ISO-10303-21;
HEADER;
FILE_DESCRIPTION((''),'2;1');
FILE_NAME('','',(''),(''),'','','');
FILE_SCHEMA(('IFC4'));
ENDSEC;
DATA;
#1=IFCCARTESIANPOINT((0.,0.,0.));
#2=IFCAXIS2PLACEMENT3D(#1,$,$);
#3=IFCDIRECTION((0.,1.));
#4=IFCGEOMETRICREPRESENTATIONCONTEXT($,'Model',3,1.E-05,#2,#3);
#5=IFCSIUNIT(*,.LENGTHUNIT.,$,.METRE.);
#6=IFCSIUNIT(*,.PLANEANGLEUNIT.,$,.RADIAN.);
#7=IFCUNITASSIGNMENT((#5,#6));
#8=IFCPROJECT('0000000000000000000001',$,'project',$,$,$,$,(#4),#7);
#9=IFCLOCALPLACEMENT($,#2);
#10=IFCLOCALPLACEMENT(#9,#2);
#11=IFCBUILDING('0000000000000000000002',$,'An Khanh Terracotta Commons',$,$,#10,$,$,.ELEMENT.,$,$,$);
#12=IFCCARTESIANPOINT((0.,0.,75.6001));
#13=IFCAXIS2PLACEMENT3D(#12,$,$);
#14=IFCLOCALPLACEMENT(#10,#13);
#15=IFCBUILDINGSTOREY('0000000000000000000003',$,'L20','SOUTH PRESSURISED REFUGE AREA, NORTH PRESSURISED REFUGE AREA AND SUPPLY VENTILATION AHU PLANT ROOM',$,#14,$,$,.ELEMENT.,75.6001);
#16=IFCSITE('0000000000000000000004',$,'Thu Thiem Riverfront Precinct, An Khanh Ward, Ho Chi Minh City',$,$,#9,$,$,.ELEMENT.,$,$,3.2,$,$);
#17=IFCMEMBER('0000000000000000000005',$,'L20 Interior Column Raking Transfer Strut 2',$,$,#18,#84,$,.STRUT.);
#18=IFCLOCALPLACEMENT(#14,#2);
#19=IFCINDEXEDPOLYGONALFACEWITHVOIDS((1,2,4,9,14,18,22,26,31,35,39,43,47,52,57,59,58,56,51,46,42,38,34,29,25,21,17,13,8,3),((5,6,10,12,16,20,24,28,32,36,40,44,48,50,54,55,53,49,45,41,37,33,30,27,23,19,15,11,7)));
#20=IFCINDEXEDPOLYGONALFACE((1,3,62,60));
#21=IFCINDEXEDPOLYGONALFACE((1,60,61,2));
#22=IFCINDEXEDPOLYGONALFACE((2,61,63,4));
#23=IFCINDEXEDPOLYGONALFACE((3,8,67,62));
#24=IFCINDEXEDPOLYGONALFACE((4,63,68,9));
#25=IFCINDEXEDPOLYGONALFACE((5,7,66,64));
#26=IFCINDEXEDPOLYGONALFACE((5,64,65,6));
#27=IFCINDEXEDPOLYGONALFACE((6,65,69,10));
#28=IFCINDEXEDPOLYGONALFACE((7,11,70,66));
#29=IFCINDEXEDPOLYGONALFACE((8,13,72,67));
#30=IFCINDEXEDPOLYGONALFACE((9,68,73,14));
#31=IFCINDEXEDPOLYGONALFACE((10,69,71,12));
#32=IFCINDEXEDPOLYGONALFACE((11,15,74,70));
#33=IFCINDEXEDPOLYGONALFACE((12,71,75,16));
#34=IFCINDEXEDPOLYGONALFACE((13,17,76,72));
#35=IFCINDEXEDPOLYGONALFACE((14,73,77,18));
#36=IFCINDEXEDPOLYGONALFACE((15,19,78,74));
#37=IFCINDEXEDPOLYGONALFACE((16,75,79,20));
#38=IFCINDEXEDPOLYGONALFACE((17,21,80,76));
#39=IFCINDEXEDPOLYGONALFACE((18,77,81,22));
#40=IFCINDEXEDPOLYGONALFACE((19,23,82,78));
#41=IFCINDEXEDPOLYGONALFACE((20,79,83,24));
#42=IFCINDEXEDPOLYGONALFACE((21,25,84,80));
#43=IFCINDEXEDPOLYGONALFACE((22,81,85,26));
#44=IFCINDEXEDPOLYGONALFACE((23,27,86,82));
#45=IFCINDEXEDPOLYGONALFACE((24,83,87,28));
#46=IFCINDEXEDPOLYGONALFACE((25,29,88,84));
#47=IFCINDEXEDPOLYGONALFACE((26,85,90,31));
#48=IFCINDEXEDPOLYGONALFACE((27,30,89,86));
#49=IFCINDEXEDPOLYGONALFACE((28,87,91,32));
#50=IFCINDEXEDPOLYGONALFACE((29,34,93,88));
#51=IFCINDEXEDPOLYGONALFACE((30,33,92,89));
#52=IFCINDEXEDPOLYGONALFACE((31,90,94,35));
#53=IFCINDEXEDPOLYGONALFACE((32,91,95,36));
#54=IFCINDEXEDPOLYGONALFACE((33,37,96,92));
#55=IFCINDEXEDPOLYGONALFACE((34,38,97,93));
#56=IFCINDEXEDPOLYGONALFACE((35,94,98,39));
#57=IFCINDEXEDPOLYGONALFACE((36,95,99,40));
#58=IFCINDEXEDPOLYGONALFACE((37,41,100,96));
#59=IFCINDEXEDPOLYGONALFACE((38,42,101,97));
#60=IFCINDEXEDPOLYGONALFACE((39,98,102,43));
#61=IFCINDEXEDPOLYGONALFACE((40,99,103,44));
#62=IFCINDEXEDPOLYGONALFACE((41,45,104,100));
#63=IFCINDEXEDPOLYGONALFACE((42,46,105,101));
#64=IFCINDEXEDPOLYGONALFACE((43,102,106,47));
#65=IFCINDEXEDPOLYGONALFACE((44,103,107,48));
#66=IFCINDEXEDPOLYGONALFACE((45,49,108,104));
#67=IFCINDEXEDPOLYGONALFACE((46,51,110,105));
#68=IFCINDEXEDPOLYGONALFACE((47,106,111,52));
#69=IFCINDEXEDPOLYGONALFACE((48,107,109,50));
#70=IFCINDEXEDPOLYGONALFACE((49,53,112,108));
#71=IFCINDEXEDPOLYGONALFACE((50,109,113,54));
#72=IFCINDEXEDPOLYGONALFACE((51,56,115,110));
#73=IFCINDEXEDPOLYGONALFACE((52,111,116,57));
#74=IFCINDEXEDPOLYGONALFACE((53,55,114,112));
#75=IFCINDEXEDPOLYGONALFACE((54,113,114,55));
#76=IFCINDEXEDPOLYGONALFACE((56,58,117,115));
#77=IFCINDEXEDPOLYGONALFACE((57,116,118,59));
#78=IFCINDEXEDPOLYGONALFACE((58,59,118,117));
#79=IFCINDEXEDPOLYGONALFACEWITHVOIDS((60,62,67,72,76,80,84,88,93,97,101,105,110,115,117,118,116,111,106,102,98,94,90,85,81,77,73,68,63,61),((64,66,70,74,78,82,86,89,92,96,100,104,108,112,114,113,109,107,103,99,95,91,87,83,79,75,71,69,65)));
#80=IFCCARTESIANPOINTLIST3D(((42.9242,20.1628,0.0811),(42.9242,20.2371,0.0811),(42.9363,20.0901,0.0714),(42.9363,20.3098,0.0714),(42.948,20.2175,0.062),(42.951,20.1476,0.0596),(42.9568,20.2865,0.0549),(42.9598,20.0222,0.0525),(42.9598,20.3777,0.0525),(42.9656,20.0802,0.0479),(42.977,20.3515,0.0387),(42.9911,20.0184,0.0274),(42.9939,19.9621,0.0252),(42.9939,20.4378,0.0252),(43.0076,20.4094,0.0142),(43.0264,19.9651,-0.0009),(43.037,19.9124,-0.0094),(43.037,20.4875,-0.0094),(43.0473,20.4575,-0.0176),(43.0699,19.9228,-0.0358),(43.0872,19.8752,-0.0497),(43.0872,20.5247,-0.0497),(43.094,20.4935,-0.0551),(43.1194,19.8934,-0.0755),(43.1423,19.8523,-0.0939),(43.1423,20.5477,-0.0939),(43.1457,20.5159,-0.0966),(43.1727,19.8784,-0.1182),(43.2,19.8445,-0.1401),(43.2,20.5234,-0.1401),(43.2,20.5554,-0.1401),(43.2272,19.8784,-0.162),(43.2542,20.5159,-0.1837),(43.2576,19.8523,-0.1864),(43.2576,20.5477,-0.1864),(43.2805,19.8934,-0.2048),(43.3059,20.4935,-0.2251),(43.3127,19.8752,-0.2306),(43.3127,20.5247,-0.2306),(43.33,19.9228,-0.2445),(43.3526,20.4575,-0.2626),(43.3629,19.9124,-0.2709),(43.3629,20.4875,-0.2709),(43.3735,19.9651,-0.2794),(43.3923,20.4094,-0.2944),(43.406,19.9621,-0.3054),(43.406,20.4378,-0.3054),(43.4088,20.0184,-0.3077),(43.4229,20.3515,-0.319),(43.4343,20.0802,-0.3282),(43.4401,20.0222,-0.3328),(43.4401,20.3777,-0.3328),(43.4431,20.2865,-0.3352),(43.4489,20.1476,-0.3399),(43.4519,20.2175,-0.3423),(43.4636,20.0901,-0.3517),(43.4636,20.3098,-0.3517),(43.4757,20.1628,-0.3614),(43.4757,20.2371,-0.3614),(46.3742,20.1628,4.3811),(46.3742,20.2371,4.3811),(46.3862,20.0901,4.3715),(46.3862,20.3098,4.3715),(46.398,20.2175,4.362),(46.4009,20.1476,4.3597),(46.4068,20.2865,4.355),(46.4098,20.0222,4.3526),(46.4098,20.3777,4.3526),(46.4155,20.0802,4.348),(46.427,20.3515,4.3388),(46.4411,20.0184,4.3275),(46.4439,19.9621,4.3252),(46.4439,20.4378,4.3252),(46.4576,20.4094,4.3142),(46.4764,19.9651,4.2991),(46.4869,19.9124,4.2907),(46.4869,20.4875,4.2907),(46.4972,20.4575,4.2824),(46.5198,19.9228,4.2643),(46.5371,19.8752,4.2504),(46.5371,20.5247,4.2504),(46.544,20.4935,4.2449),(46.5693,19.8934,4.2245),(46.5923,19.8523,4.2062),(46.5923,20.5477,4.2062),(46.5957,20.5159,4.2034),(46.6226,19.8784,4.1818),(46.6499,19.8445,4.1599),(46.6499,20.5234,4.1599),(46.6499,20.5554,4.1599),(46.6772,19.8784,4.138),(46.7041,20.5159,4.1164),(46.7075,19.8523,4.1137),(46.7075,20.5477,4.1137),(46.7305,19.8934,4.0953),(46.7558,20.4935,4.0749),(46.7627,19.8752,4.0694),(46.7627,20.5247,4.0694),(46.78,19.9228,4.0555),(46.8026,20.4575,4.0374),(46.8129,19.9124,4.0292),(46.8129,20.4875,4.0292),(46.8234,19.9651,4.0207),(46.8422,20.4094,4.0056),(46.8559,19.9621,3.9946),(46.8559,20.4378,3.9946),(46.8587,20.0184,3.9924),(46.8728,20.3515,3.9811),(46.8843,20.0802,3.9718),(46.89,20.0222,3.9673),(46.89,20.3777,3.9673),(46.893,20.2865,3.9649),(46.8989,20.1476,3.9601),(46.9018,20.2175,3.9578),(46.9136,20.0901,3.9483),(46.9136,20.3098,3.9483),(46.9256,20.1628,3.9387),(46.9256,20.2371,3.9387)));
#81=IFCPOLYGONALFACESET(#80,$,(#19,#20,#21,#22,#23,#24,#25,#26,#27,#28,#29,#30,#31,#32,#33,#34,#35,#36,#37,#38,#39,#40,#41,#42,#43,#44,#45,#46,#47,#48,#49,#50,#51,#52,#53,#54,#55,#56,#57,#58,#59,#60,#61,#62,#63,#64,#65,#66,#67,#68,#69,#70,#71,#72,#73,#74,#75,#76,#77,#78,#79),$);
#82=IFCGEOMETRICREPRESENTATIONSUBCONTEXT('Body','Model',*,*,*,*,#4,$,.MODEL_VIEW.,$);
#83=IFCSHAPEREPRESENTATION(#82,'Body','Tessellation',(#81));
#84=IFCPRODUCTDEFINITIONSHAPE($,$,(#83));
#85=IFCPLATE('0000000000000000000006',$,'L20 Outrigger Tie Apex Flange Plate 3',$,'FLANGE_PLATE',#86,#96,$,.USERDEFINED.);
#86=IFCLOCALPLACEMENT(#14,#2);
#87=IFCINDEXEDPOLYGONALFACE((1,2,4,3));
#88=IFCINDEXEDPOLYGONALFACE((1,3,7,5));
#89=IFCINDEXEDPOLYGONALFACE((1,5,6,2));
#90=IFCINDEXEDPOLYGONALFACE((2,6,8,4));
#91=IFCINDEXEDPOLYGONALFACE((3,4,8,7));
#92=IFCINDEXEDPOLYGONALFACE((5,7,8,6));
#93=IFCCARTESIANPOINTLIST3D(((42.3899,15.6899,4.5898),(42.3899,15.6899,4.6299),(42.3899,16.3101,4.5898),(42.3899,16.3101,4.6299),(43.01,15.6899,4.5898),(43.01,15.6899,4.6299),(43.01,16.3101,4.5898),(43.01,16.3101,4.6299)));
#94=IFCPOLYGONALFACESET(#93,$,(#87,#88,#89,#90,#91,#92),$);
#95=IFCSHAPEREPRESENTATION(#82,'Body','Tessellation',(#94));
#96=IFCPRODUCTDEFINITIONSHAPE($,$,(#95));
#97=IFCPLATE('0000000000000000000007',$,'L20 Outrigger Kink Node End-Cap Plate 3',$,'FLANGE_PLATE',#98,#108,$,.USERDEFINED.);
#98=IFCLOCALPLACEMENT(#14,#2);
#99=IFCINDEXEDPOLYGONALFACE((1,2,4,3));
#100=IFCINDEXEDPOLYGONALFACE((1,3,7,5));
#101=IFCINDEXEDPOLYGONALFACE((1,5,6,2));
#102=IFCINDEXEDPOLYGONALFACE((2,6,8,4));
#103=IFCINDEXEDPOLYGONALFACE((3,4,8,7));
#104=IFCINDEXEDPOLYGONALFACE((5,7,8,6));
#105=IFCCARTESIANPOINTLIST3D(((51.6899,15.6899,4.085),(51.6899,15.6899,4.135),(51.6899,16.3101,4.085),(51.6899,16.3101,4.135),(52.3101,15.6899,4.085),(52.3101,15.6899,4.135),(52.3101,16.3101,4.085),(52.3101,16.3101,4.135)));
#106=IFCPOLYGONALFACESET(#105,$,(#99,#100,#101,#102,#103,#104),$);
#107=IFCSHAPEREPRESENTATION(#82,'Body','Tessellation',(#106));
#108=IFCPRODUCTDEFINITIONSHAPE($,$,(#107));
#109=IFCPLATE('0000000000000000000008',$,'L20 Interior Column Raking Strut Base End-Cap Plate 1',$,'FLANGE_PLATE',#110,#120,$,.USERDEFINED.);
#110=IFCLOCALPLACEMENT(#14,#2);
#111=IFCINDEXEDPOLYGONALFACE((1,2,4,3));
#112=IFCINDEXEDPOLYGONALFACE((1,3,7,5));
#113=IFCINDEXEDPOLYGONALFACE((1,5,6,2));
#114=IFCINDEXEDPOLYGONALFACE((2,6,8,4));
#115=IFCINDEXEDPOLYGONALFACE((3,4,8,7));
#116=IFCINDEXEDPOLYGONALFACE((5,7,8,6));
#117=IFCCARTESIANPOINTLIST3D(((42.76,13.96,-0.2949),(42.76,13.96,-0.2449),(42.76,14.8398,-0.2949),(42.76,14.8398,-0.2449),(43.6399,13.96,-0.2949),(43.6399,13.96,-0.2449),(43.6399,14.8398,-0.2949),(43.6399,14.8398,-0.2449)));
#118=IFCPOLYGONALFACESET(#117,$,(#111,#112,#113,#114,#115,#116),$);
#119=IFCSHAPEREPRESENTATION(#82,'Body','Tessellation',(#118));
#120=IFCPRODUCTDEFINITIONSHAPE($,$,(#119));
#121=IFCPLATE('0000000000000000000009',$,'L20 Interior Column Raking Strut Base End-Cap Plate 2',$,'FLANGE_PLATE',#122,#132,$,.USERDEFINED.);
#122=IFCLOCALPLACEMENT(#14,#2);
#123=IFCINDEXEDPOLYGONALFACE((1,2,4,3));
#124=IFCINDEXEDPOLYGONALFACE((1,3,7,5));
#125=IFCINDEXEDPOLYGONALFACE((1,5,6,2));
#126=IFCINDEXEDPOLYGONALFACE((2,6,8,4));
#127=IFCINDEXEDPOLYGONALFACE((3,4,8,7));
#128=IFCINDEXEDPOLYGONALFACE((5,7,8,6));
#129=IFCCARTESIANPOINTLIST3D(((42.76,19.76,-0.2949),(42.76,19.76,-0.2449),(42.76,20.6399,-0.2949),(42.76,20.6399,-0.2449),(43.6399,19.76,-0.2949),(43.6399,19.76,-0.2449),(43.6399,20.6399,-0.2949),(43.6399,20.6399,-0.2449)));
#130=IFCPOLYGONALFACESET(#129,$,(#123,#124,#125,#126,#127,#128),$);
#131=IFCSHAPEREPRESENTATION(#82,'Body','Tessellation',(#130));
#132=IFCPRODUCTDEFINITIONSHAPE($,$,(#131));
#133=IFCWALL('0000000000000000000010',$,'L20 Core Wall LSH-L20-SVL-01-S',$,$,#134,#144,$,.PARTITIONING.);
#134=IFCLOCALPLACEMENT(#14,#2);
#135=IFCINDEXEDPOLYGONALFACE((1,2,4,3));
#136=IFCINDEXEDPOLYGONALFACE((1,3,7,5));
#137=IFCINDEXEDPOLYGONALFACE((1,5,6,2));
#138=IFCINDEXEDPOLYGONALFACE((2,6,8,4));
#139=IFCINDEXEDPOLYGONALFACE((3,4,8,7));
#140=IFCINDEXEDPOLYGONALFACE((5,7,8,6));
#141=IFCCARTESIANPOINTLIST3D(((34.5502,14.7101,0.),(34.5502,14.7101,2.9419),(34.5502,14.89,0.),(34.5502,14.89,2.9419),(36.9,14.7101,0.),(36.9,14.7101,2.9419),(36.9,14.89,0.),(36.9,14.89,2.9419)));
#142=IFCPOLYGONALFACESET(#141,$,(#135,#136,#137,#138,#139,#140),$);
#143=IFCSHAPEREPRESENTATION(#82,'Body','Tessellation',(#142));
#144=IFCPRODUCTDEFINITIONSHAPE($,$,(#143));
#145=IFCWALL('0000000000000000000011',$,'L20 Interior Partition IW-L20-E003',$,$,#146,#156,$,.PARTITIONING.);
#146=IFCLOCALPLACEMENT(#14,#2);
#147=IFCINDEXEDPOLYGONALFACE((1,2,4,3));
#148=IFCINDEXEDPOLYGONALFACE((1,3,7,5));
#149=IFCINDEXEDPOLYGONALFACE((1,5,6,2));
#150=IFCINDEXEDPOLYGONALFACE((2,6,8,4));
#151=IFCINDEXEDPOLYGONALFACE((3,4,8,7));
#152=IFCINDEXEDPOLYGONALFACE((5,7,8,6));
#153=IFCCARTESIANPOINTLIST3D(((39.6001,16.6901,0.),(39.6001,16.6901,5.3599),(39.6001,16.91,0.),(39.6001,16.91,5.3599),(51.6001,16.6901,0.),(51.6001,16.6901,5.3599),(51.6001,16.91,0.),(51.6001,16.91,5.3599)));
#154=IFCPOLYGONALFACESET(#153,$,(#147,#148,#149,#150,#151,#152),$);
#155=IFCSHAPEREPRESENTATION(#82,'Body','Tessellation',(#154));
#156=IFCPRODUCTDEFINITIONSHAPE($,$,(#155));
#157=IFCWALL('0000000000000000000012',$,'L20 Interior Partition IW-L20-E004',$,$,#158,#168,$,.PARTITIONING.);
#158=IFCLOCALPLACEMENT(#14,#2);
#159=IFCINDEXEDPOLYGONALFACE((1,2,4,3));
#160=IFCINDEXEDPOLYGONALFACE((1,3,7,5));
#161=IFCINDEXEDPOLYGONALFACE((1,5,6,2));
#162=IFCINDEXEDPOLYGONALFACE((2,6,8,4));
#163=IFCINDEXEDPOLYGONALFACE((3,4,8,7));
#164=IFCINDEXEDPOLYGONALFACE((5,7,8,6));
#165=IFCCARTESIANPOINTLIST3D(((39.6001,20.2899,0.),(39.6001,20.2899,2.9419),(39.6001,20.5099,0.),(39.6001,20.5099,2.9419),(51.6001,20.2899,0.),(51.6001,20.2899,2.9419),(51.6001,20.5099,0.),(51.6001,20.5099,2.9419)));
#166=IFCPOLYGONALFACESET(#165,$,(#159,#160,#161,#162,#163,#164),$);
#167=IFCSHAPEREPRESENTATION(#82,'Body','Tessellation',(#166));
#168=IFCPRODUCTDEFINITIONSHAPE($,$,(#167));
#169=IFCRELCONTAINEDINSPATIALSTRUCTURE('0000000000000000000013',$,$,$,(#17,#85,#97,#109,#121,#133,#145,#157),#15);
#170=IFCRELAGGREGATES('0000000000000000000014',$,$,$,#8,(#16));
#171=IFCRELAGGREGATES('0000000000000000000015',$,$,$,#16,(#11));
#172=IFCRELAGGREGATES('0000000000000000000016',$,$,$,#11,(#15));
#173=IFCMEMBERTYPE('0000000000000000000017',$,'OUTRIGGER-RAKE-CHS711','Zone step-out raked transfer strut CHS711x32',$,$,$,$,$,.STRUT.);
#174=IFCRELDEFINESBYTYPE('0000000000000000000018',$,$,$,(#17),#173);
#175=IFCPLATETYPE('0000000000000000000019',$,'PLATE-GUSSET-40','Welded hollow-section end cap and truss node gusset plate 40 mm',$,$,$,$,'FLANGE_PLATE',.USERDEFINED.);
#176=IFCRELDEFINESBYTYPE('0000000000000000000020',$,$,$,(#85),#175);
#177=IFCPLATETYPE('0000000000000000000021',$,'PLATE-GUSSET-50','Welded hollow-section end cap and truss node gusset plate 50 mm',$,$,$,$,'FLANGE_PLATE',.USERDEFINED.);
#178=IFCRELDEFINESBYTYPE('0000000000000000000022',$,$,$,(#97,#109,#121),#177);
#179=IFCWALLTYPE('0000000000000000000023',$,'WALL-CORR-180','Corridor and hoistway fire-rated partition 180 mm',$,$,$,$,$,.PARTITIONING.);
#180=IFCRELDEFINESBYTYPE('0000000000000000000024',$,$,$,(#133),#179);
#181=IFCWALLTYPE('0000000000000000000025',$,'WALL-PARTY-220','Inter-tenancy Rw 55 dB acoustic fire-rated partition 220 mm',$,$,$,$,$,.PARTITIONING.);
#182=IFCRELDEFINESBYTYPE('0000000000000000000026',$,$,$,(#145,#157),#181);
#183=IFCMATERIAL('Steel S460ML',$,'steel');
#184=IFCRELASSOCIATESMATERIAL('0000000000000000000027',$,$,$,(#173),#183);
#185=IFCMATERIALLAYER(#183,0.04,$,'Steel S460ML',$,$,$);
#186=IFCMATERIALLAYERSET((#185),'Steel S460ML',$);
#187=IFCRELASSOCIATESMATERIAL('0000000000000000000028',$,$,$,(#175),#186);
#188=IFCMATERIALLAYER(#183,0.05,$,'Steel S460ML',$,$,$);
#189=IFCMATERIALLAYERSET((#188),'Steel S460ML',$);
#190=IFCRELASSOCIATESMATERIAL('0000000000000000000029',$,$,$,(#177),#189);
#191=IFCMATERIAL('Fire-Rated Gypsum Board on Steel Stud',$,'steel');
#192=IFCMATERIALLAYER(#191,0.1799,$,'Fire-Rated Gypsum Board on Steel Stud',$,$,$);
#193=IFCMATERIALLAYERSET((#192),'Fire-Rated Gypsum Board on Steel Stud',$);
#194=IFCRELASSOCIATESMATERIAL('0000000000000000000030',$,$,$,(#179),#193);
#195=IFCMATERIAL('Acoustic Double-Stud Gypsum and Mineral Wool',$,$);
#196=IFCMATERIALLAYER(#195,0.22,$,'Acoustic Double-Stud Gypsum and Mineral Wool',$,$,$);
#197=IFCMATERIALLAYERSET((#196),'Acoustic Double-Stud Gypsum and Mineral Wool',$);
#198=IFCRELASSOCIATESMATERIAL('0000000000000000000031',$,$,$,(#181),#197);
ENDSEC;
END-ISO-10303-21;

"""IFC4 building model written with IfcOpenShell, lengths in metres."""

from ifc_helpers import new_model, si_unit, direction, frame, frame_2d, origin, origin_2d, place, context, subcontext, project, spatial, rectangle, hollow_circle, extrude, material, layer, layer_set, material_profile, profile_set, type_object, element, save


model = new_model("IFC4")

# Units and contexts
model_context = context("Model", 3, precision=1e-05, world=origin(), true_north=direction((0.0, 1.0)))
body_context = subcontext(model_context, "Body", "Model", "MODEL_VIEW")
ifc_project = project(units=[si_unit("LENGTHUNIT", "METRE"), si_unit("PLANEANGLEUNIT", "RADIAN")], contexts=[model_context])

# Site, building, storey
site_placement = place(None, origin())
site = spatial("IfcSite", under=ifc_project, at=site_placement, Name="Thu Thiem Riverfront Precinct, An Khanh Ward, Ho Chi Minh City", CompositionType="ELEMENT", RefElevation=3.2)
building_placement = place(site_placement, origin())
building = spatial("IfcBuilding", under=site, at=building_placement, Name="An Khanh Terracotta Commons", CompositionType="ELEMENT")
storey_placement = place(building_placement, frame((0.0, 0.0, 75.6001)))
storey = spatial("IfcBuildingStorey", under=building, at=storey_placement, Name="L20", Description="SOUTH PRESSURISED REFUGE AREA, NORTH PRESSURISED REFUGE AREA AND SUPPLY VENTILATION AHU PLANT ROOM", CompositionType="ELEMENT", Elevation=75.6001)

# Shared definitions
ifc_material_1 = material(Name="Steel S460ML", Category="steel")

# Member
ifc_material_profile_1 = material_profile(ifc_material_1, hollow_circle(Radius=0.3555, WallThickness=0.032, at=origin_2d()), Name="CHS711x32")
ifc_profile_set_1 = profile_set([ifc_material_profile_1], Name="Steel S460ML")
member_type_1 = type_object("IfcMemberType", Name="OUTRIGGER-RAKE-CHS711", Description="Zone step-out raked transfer strut CHS711x32", PredefinedType="STRUT", material=ifc_profile_set_1)
for number, where, z_axis, x_axis, name in (
    (1, (43.2, 20.2, -0.1401), (0.625791, 0.0, 0.779991), (0.0, 1.0, 0.0), "L20 Interior Column Raking Transfer Strut 2"),
):
    element("IfcMember", number, at=place(storey_placement, frame(where, z_axis=z_axis, x_axis=x_axis)), inside=storey, type_object=member_type_1, Name=name, PredefinedType="STRUT", context=body_context, shape_type="SweptSolid", body=[
        extrude(hollow_circle(Radius=0.3555, WallThickness=0.032, at=origin_2d()), origin(), (0.0, 0.0, 1.0), 5.5129),
    ])

# Plates
ifc_layer_1 = layer(ifc_material_1, 0.04, Name="Steel S460ML")
ifc_layer_set_1 = layer_set([ifc_layer_1], Name="Steel S460ML")
plate_type_1 = type_object("IfcPlateType", Name="PLATE-GUSSET-40", Description="Welded hollow-section end cap and truss node gusset plate 40 mm", ElementType="FLANGE_PLATE", PredefinedType="USERDEFINED", material=ifc_layer_set_1)
plate_1_placement = place(storey_placement, frame((42.7, 16.0, 4.5898), z_axis=(0.0, 0.0, 1.0), x_axis=(1.0, 0.0, 0.0)))
element("IfcPlate", 2, at=plate_1_placement, inside=storey, type_object=plate_type_1, Name="L20 Outrigger Tie Apex Flange Plate 3", ObjectType="FLANGE_PLATE", PredefinedType="USERDEFINED", context=body_context, shape_type="SweptSolid", body=[
    extrude(rectangle(XDim=0.6201, YDim=0.6201, at=origin_2d()), origin(), (0.0, 0.0, 1.0), 0.04),
])
ifc_layer_2 = layer(ifc_material_1, 0.05, Name="Steel S460ML")
ifc_layer_set_2 = layer_set([ifc_layer_2], Name="Steel S460ML")
plate_type_2 = type_object("IfcPlateType", Name="PLATE-GUSSET-50", Description="Welded hollow-section end cap and truss node gusset plate 50 mm", ElementType="FLANGE_PLATE", PredefinedType="USERDEFINED", material=ifc_layer_set_2)
plate_2_placement = place(storey_placement, frame((52.0, 16.0, 4.085), z_axis=(0.0, 0.0, 1.0), x_axis=(1.0, 0.0, 0.0)))
element("IfcPlate", 3, at=plate_2_placement, inside=storey, type_object=plate_type_2, Name="L20 Outrigger Kink Node End-Cap Plate 3", ObjectType="FLANGE_PLATE", PredefinedType="USERDEFINED", context=body_context, shape_type="SweptSolid", body=[
    extrude(rectangle(XDim=0.6201, YDim=0.6201, at=origin_2d()), origin(), (0.0, 0.0, 1.0), 0.05),
])
for number, where, z_axis, x_axis, name in (
    (4, (43.2, 14.3999, -0.2949), (0.0, 0.0, 1.0), (1.0, 0.0, 0.0), "L20 Interior Column Raking Strut Base End-Cap Plate 1"),
    (5, (43.2, 20.2, -0.2949), (0.0, 0.0, 1.0), (1.0, 0.0, 0.0), "L20 Interior Column Raking Strut Base End-Cap Plate 2"),
):
    element("IfcPlate", number, at=place(storey_placement, frame(where, z_axis=z_axis, x_axis=x_axis)), inside=storey, type_object=plate_type_2, Name=name, ObjectType="FLANGE_PLATE", PredefinedType="USERDEFINED", context=body_context, shape_type="SweptSolid", body=[
        extrude(rectangle(XDim=0.8799, YDim=0.8799, at=origin_2d()), origin(), (0.0, 0.0, 1.0), 0.05),
    ])

# Walls
ifc_material_2 = material(Name="Fire-Rated Gypsum Board on Steel Stud", Category="steel")
ifc_layer_3 = layer(ifc_material_2, 0.1799, Name="Fire-Rated Gypsum Board on Steel Stud")
ifc_layer_set_3 = layer_set([ifc_layer_3], Name="Fire-Rated Gypsum Board on Steel Stud")
wall_type_1 = type_object("IfcWallType", Name="WALL-CORR-180", Description="Corridor and hoistway fire-rated partition 180 mm", PredefinedType="PARTITIONING", material=ifc_layer_set_3)
wall_1_placement = place(storey_placement, frame((36.8999, 14.8, 0.0), z_axis=(0.0, 0.0, 1.0), x_axis=(-1.0, 0.0, 0.0)))
element("IfcWall", 6, at=wall_1_placement, inside=storey, type_object=wall_type_1, Name="L20 Core Wall LSH-L20-SVL-01-S", PredefinedType="PARTITIONING", context=body_context, shape_type="SweptSolid", body=[
    extrude(rectangle(XDim=2.3499, YDim=0.1799, at=frame_2d((1.1748, 0.0))), origin(), (0.0, 0.0, 1.0), 2.9419),
])
ifc_material_3 = material(Name="Acoustic Double-Stud Gypsum and Mineral Wool")
ifc_layer_4 = layer(ifc_material_3, 0.22, Name="Acoustic Double-Stud Gypsum and Mineral Wool")
ifc_layer_set_4 = layer_set([ifc_layer_4], Name="Acoustic Double-Stud Gypsum and Mineral Wool")
wall_type_2 = type_object("IfcWallType", Name="WALL-PARTY-220", Description="Inter-tenancy Rw 55 dB acoustic fire-rated partition 220 mm", PredefinedType="PARTITIONING", material=ifc_layer_set_4)
wall_2_placement = place(storey_placement, frame((39.6001, 16.8, 0.0), z_axis=(0.0, 0.0, 1.0), x_axis=(1.0, 0.0, 0.0)))
element("IfcWall", 7, at=wall_2_placement, inside=storey, type_object=wall_type_2, Name="L20 Interior Partition IW-L20-E003", PredefinedType="PARTITIONING", context=body_context, shape_type="SweptSolid", body=[
    extrude(rectangle(XDim=12.0, YDim=0.22, at=frame_2d((6.0, 0.0))), origin(), (0.0, 0.0, 1.0), 5.3599),
])
wall_3_placement = place(storey_placement, frame((39.6001, 20.3999, 0.0), z_axis=(0.0, 0.0, 1.0), x_axis=(1.0, 0.0, 0.0)))
element("IfcWall", 8, at=wall_3_placement, inside=storey, type_object=wall_type_2, Name="L20 Interior Partition IW-L20-E004", PredefinedType="PARTITIONING", context=body_context, shape_type="SweptSolid", body=[
    extrude(rectangle(XDim=12.0, YDim=0.22, at=frame_2d((6.0, 0.0))), origin(), (0.0, 0.0, 1.0), 2.9419),
])

save(model, "model.ifc")
